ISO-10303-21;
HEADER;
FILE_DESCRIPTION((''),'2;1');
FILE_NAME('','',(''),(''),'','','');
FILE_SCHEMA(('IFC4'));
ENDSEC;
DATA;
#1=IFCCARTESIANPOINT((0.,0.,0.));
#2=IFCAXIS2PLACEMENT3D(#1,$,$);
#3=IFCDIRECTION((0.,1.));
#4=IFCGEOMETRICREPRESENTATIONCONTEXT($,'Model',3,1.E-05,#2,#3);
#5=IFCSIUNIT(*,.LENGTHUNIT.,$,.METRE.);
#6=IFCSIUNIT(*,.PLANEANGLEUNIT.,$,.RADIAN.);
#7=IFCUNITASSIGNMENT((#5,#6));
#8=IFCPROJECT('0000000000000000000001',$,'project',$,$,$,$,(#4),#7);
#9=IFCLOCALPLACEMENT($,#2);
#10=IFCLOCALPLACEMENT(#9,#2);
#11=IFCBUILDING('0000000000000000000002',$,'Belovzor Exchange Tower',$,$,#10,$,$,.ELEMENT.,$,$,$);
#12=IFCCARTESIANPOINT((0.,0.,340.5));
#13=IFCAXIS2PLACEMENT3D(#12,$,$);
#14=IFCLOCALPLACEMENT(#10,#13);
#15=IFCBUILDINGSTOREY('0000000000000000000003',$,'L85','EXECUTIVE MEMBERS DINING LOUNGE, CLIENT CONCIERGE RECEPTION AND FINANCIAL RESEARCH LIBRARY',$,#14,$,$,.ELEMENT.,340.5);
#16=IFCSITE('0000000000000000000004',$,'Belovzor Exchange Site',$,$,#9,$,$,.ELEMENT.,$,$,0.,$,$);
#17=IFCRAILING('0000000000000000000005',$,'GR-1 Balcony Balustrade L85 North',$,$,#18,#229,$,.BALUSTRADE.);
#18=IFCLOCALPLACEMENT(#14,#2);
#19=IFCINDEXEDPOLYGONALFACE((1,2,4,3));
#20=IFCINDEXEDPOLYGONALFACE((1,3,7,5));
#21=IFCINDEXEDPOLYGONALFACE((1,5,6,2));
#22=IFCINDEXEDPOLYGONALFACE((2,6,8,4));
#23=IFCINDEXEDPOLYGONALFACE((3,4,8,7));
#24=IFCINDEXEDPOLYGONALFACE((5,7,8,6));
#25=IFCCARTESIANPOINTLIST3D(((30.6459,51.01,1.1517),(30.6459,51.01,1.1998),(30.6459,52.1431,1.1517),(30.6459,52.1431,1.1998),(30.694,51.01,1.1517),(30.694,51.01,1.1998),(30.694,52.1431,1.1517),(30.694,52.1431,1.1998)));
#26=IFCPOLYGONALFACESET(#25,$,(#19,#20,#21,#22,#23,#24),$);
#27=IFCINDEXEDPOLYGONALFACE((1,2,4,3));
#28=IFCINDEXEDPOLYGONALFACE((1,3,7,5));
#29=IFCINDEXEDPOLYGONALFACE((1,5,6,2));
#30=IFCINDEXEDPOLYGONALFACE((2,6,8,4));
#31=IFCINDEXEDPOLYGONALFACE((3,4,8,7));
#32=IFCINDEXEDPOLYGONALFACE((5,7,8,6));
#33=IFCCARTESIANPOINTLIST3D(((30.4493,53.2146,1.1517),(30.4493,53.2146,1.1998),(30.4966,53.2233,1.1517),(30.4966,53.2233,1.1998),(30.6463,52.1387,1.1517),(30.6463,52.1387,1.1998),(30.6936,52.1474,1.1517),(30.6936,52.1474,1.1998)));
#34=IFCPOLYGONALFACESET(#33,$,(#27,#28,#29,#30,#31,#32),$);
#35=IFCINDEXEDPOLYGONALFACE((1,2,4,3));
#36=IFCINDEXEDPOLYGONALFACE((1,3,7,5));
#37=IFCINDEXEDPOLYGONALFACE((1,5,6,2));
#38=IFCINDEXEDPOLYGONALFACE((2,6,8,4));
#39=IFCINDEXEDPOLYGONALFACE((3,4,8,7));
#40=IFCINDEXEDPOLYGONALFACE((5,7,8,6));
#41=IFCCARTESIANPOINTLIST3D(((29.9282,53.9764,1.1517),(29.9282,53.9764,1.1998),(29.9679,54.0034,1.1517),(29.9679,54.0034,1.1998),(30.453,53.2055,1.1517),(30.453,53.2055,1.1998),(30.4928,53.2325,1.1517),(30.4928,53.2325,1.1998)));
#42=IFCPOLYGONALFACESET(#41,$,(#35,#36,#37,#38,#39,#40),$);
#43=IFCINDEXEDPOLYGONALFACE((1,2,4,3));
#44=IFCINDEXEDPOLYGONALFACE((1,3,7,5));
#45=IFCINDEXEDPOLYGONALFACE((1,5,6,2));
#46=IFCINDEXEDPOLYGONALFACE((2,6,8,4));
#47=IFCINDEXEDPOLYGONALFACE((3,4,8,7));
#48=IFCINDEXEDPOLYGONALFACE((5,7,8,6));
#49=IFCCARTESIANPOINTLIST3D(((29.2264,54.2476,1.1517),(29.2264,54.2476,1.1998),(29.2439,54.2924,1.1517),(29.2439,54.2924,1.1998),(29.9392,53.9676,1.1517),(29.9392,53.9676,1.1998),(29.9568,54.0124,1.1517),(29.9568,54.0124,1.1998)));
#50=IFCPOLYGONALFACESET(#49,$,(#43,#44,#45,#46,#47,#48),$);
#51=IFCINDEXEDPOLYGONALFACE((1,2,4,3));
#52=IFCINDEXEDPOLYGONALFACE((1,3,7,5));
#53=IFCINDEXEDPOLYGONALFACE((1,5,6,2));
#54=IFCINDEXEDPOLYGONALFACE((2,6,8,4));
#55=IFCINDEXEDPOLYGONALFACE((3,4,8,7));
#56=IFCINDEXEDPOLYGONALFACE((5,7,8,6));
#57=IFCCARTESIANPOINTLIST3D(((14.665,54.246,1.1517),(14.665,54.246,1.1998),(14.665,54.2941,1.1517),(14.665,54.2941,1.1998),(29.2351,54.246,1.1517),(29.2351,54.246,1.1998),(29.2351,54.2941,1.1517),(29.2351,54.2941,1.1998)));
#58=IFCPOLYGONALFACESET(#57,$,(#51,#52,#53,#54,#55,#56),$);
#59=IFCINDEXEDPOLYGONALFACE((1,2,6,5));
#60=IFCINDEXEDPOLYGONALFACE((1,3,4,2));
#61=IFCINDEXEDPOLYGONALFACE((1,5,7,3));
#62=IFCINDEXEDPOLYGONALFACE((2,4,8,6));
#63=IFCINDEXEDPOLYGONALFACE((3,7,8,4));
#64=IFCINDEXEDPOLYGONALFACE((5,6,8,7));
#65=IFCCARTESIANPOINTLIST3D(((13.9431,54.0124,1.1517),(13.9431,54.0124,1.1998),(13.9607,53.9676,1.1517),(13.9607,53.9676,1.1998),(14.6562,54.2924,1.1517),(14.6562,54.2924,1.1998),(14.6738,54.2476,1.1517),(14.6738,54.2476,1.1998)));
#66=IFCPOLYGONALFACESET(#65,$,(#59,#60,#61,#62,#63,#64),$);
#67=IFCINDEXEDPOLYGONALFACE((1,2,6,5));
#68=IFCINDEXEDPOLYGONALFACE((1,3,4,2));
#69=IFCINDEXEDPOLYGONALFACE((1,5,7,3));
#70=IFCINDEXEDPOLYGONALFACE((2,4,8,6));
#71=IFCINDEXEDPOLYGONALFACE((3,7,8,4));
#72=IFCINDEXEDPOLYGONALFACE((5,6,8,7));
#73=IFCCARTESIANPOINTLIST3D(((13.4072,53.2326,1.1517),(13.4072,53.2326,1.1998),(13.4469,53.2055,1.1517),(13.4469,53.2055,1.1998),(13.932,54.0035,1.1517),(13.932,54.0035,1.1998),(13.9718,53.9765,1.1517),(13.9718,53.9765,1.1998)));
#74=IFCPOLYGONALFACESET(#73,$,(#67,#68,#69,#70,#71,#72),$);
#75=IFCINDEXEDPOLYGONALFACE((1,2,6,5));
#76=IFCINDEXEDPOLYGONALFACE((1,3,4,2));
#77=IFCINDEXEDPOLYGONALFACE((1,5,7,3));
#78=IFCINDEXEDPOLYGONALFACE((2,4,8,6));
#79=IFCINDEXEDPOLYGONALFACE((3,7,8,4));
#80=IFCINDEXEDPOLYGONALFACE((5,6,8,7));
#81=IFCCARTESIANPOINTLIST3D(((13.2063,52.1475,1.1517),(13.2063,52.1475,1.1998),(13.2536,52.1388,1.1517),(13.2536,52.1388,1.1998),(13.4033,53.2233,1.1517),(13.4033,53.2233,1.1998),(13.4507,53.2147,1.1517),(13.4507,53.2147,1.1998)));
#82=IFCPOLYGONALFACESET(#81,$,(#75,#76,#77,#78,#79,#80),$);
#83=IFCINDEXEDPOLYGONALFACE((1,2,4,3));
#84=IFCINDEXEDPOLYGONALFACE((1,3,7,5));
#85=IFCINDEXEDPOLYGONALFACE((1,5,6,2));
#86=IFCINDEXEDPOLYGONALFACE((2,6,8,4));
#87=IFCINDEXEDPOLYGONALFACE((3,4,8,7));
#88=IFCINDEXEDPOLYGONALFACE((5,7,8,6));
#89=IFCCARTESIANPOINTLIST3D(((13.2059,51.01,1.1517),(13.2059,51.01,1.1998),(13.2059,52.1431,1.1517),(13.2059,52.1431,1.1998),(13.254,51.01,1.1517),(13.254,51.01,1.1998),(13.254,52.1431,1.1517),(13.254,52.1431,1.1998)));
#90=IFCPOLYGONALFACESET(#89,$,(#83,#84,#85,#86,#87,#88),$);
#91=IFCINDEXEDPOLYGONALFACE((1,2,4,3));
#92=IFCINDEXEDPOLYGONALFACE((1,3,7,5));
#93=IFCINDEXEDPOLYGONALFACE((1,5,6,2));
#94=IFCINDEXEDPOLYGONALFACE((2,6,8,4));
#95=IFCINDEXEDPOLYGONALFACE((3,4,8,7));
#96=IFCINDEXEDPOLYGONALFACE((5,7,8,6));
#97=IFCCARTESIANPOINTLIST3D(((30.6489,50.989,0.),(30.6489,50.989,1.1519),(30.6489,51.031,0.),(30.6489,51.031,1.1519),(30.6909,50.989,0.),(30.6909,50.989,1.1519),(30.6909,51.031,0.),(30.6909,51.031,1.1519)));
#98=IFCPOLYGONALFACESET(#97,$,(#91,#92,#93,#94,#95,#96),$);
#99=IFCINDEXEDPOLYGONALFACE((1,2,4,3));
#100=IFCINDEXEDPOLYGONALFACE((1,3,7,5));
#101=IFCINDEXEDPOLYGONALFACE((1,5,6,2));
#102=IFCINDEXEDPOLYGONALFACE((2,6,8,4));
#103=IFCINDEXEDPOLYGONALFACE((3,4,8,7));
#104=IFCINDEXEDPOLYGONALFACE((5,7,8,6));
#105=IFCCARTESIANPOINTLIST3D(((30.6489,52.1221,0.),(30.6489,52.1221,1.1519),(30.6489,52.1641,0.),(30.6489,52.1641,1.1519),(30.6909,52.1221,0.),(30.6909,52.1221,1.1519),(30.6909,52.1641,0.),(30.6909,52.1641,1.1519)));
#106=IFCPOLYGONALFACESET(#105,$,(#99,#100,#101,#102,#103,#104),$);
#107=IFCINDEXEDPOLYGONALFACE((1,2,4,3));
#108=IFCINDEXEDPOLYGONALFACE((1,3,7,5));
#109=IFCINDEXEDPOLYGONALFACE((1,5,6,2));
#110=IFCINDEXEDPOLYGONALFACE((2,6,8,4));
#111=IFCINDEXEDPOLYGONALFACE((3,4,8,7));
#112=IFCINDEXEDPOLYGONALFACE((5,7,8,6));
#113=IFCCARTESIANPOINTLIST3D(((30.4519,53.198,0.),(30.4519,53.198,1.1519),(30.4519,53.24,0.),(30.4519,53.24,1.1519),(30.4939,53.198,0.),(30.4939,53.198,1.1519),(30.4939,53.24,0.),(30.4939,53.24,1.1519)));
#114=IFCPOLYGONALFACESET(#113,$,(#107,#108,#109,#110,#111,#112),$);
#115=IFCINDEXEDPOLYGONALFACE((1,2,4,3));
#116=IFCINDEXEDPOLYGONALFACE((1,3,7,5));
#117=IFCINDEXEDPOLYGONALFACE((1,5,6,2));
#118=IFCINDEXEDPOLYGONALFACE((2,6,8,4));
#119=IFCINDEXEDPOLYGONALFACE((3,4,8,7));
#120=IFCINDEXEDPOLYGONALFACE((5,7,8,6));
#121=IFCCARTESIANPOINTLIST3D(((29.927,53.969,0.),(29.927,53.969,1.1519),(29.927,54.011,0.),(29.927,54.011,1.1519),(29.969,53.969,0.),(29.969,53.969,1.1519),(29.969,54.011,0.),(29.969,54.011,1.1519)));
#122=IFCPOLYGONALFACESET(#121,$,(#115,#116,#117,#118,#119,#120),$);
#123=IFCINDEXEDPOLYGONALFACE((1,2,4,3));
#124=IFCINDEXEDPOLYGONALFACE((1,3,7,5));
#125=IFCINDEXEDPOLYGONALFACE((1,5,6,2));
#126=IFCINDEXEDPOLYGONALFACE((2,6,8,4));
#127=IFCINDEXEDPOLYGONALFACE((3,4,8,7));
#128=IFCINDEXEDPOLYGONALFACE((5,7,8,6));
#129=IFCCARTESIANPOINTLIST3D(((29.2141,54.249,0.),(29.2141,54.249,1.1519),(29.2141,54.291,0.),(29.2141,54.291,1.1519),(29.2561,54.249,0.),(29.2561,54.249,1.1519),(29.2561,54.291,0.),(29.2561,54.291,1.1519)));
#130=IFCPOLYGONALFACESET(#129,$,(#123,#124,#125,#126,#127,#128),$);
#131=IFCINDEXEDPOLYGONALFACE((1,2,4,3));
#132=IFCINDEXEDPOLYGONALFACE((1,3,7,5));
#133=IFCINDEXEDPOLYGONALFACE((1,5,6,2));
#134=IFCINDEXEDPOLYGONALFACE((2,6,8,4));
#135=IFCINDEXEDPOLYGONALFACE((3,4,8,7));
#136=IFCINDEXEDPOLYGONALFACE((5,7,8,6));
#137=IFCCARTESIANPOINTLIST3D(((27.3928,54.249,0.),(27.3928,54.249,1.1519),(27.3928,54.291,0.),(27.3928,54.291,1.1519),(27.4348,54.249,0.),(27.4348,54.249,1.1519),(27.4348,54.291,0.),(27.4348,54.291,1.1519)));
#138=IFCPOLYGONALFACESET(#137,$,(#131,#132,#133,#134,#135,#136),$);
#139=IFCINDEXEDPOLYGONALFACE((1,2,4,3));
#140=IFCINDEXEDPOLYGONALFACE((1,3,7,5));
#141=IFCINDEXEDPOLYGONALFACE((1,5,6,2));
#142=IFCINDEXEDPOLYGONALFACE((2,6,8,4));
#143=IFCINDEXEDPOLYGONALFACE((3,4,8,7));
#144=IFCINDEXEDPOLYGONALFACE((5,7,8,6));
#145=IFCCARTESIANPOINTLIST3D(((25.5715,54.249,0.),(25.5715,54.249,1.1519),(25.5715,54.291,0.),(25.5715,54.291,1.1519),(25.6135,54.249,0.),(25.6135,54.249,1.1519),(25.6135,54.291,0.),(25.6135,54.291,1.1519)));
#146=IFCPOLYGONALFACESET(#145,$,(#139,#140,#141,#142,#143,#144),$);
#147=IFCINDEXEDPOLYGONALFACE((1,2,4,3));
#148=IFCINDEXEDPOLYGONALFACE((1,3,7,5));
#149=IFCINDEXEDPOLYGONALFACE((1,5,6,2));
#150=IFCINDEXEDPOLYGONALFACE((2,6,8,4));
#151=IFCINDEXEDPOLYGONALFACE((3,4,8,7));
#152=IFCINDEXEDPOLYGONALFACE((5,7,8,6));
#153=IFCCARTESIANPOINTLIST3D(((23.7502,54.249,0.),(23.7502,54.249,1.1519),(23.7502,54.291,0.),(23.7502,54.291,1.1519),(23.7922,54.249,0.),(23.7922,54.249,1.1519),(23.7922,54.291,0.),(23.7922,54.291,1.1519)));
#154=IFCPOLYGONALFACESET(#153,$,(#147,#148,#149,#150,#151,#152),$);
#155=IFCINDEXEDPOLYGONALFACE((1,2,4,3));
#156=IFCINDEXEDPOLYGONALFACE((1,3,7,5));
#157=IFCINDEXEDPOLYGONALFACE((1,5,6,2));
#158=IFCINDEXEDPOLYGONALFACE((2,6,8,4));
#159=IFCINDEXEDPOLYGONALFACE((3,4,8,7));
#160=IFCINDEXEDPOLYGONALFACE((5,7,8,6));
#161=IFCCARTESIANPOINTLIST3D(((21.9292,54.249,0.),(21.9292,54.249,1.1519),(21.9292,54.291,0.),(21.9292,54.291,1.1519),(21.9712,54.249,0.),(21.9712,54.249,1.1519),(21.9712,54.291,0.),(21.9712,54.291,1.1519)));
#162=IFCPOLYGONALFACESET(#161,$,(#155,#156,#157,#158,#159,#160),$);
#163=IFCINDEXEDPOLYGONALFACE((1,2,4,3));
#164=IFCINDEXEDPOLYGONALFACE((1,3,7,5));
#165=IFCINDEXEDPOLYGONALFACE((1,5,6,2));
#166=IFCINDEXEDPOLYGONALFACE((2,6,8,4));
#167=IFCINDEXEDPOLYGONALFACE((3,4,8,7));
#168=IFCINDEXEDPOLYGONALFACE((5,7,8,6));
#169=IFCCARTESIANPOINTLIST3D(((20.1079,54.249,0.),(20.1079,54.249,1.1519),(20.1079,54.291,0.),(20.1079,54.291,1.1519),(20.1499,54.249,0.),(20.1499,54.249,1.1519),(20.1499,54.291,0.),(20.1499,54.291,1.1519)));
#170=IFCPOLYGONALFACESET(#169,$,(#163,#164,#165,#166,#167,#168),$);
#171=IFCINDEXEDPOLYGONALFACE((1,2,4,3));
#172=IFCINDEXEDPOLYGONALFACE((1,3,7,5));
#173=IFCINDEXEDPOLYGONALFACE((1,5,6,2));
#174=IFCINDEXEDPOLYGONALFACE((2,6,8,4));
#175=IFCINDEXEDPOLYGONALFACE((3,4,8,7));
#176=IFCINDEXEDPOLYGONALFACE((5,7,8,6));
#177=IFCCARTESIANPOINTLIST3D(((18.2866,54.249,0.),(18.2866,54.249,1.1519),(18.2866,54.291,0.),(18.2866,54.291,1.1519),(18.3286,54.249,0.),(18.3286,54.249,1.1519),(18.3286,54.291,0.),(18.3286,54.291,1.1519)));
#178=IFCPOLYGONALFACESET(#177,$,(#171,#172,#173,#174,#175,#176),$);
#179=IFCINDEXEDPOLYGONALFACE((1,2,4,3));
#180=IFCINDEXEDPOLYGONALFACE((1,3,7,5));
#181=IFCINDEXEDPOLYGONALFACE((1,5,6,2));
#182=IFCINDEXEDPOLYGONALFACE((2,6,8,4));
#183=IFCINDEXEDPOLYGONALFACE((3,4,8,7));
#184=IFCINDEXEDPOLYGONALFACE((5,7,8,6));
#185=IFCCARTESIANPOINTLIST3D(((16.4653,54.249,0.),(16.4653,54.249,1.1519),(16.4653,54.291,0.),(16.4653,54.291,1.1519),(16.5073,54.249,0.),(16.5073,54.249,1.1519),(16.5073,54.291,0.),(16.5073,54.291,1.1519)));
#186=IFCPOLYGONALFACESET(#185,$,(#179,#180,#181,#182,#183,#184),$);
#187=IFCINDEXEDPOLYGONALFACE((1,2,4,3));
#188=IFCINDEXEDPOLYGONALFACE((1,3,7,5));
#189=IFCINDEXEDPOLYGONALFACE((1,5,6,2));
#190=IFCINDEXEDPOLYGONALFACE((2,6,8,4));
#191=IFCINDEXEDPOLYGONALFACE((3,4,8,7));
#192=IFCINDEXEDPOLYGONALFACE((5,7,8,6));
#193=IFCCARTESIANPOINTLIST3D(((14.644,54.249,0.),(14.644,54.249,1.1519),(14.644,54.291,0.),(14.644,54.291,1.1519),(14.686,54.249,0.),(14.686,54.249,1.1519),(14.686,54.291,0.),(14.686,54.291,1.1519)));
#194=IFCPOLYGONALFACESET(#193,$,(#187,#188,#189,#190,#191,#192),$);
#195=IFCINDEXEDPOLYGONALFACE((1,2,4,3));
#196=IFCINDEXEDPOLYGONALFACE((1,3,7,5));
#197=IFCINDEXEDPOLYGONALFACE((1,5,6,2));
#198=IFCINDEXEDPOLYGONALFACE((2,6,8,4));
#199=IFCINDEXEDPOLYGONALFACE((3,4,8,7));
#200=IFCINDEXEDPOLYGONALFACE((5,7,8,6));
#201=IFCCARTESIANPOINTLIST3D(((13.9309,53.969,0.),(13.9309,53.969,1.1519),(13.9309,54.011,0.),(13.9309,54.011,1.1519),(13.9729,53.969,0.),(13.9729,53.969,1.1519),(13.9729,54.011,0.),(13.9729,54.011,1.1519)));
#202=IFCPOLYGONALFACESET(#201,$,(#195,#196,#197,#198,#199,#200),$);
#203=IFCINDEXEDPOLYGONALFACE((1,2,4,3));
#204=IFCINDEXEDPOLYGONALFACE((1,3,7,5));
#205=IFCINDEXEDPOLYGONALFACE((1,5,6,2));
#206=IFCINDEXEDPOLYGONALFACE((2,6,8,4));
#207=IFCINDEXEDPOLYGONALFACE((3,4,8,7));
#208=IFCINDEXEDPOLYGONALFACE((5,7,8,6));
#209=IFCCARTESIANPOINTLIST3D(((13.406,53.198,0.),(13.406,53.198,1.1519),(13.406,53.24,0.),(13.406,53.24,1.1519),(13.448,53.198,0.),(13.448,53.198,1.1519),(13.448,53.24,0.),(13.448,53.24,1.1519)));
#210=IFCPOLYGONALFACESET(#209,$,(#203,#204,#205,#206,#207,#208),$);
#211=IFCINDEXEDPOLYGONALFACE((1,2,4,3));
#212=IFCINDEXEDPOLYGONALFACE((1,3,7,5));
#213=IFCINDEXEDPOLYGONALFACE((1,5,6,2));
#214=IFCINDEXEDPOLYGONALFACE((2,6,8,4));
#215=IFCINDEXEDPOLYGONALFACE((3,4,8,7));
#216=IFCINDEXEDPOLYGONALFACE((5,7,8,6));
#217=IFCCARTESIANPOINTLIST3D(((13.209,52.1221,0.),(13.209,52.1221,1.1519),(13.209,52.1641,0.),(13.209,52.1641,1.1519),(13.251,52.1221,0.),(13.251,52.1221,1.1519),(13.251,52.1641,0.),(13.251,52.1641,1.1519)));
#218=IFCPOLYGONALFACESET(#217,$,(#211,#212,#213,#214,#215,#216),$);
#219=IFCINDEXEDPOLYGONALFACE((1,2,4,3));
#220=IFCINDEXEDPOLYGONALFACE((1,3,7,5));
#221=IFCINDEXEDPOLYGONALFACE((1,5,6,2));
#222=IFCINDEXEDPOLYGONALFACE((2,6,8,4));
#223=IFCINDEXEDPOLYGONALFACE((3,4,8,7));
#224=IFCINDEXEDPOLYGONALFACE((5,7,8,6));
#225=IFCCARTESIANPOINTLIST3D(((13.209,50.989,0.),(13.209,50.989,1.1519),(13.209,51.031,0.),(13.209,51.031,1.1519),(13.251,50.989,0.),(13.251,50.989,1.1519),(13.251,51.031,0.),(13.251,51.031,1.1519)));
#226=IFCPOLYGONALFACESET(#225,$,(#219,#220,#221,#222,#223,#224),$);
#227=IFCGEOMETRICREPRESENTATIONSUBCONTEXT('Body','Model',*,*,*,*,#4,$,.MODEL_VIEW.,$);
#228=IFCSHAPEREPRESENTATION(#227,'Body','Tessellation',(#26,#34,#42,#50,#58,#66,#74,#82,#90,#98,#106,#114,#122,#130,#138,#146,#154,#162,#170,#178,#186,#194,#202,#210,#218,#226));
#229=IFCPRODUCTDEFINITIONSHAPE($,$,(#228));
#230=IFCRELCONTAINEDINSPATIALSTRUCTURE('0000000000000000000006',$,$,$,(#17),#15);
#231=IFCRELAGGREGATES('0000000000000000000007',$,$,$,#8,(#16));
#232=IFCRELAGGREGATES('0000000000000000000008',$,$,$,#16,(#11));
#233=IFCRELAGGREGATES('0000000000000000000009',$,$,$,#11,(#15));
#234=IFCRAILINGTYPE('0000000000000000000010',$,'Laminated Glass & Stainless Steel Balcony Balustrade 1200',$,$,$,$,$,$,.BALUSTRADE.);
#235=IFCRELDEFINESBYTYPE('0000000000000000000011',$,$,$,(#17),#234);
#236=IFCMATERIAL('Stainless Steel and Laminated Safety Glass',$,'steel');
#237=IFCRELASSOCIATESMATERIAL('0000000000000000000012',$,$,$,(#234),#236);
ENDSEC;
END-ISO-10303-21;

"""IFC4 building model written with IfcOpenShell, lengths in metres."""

from ifc_helpers import new_model, si_unit, direction, frame, origin, origin_2d, place, context, subcontext, project, spatial, rectangle, extrude, material, type_object, element, save


model = new_model("IFC4")

# Units and contexts
model_context = context("Model", 3, precision=1e-05, world=origin(), true_north=direction((0.0, 1.0)))
body_context = subcontext(model_context, "Body", "Model", "MODEL_VIEW")
ifc_project = project(units=[si_unit("LENGTHUNIT", "METRE"), si_unit("PLANEANGLEUNIT", "RADIAN")], contexts=[model_context])

# Site, building, storey
site_placement = place(None, origin())
site = spatial("IfcSite", under=ifc_project, at=site_placement, Name="Belovzor Exchange Site", CompositionType="ELEMENT", RefElevation=0.0)
building_placement = place(site_placement, origin())
building = spatial("IfcBuilding", under=site, at=building_placement, Name="Belovzor Exchange Tower", CompositionType="ELEMENT")
storey_placement = place(building_placement, frame((0.0, 0.0, 340.5)))
storey = spatial("IfcBuildingStorey", under=building, at=storey_placement, Name="L85", Description="EXECUTIVE MEMBERS DINING LOUNGE, CLIENT CONCIERGE RECEPTION AND FINANCIAL RESEARCH LIBRARY", CompositionType="ELEMENT", Elevation=340.5)

# Railing
ifc_material_1 = material(Name="Stainless Steel and Laminated Safety Glass", Category="steel")
railing_type = type_object("IfcRailingType", Name="Laminated Glass & Stainless Steel Balcony Balustrade 1200", PredefinedType="BALUSTRADE", material=ifc_material_1)
railing_placement = place(storey_placement, frame((30.6699, 51.01, 0.0)))
element("IfcRailing", 1, at=railing_placement, inside=storey, type_object=railing_type, Name="GR-1 Balcony Balustrade L85 North", PredefinedType="BALUSTRADE", context=body_context, shape_type="SweptSolid", body=[
    extrude(rectangle(XDim=0.0481, YDim=0.0481, at=origin_2d()), frame((0.0, 0.0, 1.1758), z_axis=(0.0, 1.0, 0.0), x_axis=(-1.0, 0.0, 0.0)), (0.0, 0.0, 1.0), 1.1331),
    extrude(rectangle(XDim=0.0481, YDim=0.0481, at=origin_2d()), frame((0.0, 1.1331, 1.1758), z_axis=(-0.180123, 0.983644, 0.0), x_axis=(-0.983644, -0.180123, 0.0)), (0.0, 0.0, 1.0), 1.0938),
    extrude(rectangle(XDim=0.0481, YDim=0.0481, at=origin_2d()), frame((-0.197, 2.209, 1.1758), z_axis=(-0.562768, 0.826615, 0.0), x_axis=(-0.826615, -0.562768, 0.0)), (0.0, 0.0, 1.0), 0.9326),
    extrude(rectangle(XDim=0.0481, YDim=0.0481, at=origin_2d()), frame((-0.7219, 2.98, 1.1758), z_axis=(-0.930767, 0.365613, 0.0), x_axis=(-0.365613, -0.930767, 0.0)), (0.0, 0.0, 1.0), 0.7659),
    extrude(rectangle(XDim=0.0481, YDim=0.0481, at=origin_2d()), frame((-1.4348, 3.26, 1.1758), z_axis=(-1.0, 0.0, 0.0), x_axis=(0.0, -1.0, 0.0)), (0.0, 0.0, 1.0), 14.5701),
    extrude(rectangle(XDim=0.0481, YDim=0.0481, at=origin_2d()), frame((-16.0049, 3.26, 1.1758), z_axis=(-0.93081, -0.365504, 0.0), x_axis=(0.365504, -0.93081, 0.0)), (0.0, 0.0, 1.0), 0.7661),
    extrude(rectangle(XDim=0.0481, YDim=0.0481, at=origin_2d()), frame((-16.718, 2.98, 1.1758), z_axis=(-0.562768, -0.826615, 0.0), x_axis=(0.826615, -0.562768, 0.0)), (0.0, 0.0, 1.0), 0.9326),
    extrude(rectangle(XDim=0.0481, YDim=0.0481, at=origin_2d()), frame((-17.2429, 2.209, 1.1758), z_axis=(-0.180123, -0.983644, 0.0), x_axis=(0.983644, -0.180123, 0.0)), (0.0, 0.0, 1.0), 1.0938),
    extrude(rectangle(XDim=0.0481, YDim=0.0481, at=origin_2d()), frame((-17.4399, 1.1331, 1.1758), z_axis=(0.0, -1.0, 0.0), x_axis=(1.0, 0.0, 0.0)), (0.0, 0.0, 1.0), 1.1331),
    extrude(rectangle(XDim=0.042, YDim=0.042, at=origin_2d()), origin(), (0.0, 0.0, 1.0), 1.1519),
    extrude(rectangle(XDim=0.042, YDim=0.042, at=origin_2d()), frame((0.0, 1.1331, 0.0)), (0.0, 0.0, 1.0), 1.1519),
    extrude(rectangle(XDim=0.042, YDim=0.042, at=origin_2d()), frame((-0.197, 2.209, 0.0)), (0.0, 0.0, 1.0), 1.1519),
    extrude(rectangle(XDim=0.042, YDim=0.042, at=origin_2d()), frame((-0.7219, 2.98, 0.0)), (0.0, 0.0, 1.0), 1.1519),
    extrude(rectangle(XDim=0.042, YDim=0.042, at=origin_2d()), frame((-1.4348, 3.26, 0.0)), (0.0, 0.0, 1.0), 1.1519),
    extrude(rectangle(XDim=0.042, YDim=0.042, at=origin_2d()), frame((-3.2561, 3.26, 0.0)), (0.0, 0.0, 1.0), 1.1519),
    extrude(rectangle(XDim=0.042, YDim=0.042, at=origin_2d()), frame((-5.0774, 3.26, 0.0)), (0.0, 0.0, 1.0), 1.1519),
    extrude(rectangle(XDim=0.042, YDim=0.042, at=origin_2d()), frame((-6.8987, 3.26, 0.0)), (0.0, 0.0, 1.0), 1.1519),
    extrude(rectangle(XDim=0.042, YDim=0.042, at=origin_2d()), frame((-8.7197, 3.26, 0.0)), (0.0, 0.0, 1.0), 1.1519),
    extrude(rectangle(XDim=0.042, YDim=0.042, at=origin_2d()), frame((-10.541, 3.26, 0.0)), (0.0, 0.0, 1.0), 1.1519),
    extrude(rectangle(XDim=0.042, YDim=0.042, at=origin_2d()), frame((-12.3623, 3.26, 0.0)), (0.0, 0.0, 1.0), 1.1519),
    extrude(rectangle(XDim=0.042, YDim=0.042, at=origin_2d()), frame((-14.1836, 3.26, 0.0)), (0.0, 0.0, 1.0), 1.1519),
    extrude(rectangle(XDim=0.042, YDim=0.042, at=origin_2d()), frame((-16.0049, 3.26, 0.0)), (0.0, 0.0, 1.0), 1.1519),
    extrude(rectangle(XDim=0.042, YDim=0.042, at=origin_2d()), frame((-16.718, 2.98, 0.0)), (0.0, 0.0, 1.0), 1.1519),
    extrude(rectangle(XDim=0.042, YDim=0.042, at=origin_2d()), frame((-17.2429, 2.209, 0.0)), (0.0, 0.0, 1.0), 1.1519),
    extrude(rectangle(XDim=0.042, YDim=0.042, at=origin_2d()), frame((-17.4399, 1.1331, 0.0)), (0.0, 0.0, 1.0), 1.1519),
    extrude(rectangle(XDim=0.042, YDim=0.042, at=origin_2d()), frame((-17.4399, 0.0, 0.0)), (0.0, 0.0, 1.0), 1.1519),
])

save(model, "model.ifc")
